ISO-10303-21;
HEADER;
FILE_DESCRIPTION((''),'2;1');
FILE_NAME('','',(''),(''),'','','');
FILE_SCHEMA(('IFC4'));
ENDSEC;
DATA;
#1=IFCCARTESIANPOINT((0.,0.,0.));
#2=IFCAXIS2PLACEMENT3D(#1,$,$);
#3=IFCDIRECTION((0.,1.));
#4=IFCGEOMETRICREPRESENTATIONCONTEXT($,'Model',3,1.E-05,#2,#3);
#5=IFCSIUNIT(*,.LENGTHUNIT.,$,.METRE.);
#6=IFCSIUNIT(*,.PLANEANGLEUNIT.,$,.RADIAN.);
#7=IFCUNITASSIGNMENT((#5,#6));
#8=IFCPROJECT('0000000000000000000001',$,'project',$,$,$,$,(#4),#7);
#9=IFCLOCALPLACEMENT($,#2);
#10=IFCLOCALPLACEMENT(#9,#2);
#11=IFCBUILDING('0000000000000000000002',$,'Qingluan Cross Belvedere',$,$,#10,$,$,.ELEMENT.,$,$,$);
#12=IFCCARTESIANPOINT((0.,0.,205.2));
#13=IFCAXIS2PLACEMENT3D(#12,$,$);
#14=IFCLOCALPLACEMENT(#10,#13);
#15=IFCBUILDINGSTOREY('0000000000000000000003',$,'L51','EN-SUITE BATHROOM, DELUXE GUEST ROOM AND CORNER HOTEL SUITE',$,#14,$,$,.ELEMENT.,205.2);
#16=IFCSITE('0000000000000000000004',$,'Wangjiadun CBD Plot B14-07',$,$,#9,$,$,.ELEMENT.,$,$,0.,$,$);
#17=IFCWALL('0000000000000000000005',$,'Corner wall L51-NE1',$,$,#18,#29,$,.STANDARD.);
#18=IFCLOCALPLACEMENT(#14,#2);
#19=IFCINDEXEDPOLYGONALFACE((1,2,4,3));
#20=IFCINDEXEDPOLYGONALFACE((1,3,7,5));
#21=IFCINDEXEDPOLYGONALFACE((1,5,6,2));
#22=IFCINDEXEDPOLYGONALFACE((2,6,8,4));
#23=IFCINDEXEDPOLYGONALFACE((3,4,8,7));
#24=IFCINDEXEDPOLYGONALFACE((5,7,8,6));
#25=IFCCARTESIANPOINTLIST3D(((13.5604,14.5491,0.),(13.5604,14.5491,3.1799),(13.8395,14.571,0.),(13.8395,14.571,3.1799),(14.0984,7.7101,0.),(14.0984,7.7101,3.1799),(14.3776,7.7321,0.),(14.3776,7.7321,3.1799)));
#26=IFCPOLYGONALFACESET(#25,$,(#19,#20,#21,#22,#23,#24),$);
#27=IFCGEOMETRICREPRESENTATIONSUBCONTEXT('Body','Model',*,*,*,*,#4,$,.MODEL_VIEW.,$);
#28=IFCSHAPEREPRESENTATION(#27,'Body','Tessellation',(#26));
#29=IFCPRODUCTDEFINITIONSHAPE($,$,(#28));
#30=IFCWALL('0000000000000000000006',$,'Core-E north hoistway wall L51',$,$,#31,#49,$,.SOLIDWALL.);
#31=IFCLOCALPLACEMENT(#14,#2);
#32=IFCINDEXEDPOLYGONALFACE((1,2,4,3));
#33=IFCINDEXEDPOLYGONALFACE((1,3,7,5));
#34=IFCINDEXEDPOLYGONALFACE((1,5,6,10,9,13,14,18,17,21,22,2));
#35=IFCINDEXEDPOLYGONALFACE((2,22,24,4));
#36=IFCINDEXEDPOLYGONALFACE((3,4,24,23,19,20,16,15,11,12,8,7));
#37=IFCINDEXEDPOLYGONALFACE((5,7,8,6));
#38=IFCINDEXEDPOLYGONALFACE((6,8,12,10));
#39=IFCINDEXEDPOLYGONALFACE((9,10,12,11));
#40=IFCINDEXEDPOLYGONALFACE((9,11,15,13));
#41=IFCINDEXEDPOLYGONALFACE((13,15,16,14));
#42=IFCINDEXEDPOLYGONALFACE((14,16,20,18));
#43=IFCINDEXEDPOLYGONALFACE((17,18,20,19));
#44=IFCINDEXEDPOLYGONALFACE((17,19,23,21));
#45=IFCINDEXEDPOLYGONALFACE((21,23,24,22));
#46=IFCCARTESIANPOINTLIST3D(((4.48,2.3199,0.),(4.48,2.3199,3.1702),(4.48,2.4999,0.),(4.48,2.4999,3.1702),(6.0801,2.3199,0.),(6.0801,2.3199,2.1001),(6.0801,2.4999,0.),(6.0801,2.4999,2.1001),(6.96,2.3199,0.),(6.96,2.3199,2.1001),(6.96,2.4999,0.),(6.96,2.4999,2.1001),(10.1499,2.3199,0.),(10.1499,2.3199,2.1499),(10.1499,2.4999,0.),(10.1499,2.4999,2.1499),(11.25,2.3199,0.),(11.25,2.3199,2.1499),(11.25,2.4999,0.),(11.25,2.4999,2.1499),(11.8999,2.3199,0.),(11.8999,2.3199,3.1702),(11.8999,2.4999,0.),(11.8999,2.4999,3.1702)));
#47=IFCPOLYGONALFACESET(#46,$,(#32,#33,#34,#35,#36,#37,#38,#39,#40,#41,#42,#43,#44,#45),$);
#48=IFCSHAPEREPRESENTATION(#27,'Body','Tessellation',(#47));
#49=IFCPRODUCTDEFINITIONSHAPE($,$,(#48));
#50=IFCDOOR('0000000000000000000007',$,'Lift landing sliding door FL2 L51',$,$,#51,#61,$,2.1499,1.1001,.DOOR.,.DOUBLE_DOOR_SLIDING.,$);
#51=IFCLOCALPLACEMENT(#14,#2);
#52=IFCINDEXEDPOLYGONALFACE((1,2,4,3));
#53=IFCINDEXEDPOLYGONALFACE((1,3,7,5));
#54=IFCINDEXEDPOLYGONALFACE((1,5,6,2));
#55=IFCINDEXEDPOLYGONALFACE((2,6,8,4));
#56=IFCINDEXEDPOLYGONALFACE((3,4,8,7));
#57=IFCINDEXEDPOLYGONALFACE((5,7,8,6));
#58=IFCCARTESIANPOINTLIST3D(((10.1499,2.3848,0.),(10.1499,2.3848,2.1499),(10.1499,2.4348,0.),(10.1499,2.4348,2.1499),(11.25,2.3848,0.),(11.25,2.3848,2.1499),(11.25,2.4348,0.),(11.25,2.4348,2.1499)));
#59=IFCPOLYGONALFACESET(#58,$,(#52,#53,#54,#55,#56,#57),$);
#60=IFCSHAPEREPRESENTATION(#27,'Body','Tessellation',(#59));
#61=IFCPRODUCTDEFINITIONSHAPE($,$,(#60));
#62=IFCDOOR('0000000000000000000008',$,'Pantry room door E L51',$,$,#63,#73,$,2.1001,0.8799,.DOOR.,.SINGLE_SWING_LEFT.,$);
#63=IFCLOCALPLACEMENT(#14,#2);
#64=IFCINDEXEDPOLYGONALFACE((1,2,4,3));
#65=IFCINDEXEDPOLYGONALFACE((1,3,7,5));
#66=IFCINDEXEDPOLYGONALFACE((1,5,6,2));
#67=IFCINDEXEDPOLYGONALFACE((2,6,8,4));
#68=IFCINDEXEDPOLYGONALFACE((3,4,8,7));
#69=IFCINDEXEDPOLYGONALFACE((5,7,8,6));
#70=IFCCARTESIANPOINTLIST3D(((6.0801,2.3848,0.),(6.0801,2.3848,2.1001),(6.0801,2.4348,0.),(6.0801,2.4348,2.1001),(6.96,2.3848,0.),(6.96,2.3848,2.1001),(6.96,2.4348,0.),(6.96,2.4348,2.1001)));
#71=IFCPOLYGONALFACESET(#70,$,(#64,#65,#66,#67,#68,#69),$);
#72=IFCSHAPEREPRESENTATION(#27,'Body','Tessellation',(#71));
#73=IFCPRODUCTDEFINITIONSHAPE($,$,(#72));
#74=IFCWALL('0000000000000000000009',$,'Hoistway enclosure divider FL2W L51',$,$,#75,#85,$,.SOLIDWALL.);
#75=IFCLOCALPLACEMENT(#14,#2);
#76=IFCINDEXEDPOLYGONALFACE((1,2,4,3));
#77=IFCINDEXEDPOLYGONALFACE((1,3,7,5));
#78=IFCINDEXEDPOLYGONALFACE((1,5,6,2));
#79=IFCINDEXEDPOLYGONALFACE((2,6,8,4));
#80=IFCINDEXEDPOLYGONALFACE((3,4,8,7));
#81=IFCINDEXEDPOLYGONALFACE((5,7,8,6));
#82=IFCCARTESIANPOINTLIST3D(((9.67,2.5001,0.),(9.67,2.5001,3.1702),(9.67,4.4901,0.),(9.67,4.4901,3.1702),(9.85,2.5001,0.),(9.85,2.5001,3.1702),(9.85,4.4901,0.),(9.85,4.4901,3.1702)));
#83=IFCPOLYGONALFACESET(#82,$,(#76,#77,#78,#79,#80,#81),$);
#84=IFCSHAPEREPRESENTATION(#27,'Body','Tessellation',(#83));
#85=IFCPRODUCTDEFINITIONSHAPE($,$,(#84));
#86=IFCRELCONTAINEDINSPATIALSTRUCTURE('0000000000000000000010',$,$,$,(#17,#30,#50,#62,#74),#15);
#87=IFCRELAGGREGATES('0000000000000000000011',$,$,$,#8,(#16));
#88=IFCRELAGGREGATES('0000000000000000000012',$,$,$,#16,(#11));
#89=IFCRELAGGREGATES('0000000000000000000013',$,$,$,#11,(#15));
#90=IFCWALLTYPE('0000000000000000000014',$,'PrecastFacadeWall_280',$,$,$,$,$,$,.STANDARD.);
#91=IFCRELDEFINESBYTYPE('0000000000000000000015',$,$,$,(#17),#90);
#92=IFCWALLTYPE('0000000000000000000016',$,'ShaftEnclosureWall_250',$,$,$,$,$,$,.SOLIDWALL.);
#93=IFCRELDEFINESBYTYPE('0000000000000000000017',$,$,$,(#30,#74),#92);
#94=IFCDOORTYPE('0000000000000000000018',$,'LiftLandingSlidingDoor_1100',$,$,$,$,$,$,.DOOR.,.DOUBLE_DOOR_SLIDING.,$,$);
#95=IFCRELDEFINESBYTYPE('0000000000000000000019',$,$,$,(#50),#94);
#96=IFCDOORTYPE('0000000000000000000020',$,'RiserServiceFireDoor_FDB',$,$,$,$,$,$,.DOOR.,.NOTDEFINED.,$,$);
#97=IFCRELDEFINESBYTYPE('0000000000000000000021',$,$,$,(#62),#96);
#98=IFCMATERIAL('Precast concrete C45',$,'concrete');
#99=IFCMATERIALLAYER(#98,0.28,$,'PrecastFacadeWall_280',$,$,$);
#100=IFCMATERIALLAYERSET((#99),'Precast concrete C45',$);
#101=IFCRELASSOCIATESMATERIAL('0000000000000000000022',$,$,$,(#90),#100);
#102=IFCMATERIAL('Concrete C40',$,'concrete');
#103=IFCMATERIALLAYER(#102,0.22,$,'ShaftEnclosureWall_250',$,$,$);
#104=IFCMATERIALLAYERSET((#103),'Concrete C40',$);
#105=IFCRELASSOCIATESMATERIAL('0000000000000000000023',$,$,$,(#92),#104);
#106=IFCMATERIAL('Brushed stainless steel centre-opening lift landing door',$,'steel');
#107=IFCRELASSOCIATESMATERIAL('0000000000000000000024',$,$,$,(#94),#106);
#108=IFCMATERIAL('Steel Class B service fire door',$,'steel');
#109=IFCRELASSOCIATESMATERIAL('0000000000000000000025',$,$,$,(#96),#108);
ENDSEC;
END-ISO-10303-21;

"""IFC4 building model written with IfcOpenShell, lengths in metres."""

from ifc_helpers import new_model, si_unit, direction, frame, frame_2d, origin, place, context, subcontext, project, spatial, rectangle, extrude, material, layer, layer_set, type_object, element, fill, save


model = new_model("IFC4")

# Units and contexts
model_context = context("Model", 3, precision=1e-05, world=origin(), true_north=direction((0.0, 1.0)))
body_context = subcontext(model_context, "Body", "Model", "MODEL_VIEW")
ifc_project = project(units=[si_unit("LENGTHUNIT", "METRE"), si_unit("PLANEANGLEUNIT", "RADIAN")], contexts=[model_context])

# Site, building, storey
site_placement = place(None, origin())
site = spatial("IfcSite", under=ifc_project, at=site_placement, Name="Wangjiadun CBD Plot B14-07", CompositionType="ELEMENT", RefElevation=0.0)
building_placement = place(site_placement, origin())
building = spatial("IfcBuilding", under=site, at=building_placement, Name="Qingluan Cross Belvedere", CompositionType="ELEMENT")
storey_placement = place(building_placement, frame((0.0, 0.0, 205.2)))
storey = spatial("IfcBuildingStorey", under=building, at=storey_placement, Name="L51", Description="EN-SUITE BATHROOM, DELUXE GUEST ROOM AND CORNER HOTEL SUITE", CompositionType="ELEMENT", Elevation=205.2)

# Wall
ifc_material_1 = material(Name="Precast concrete C45", Category="concrete")
ifc_layer_1 = layer(ifc_material_1, 0.28, Name="PrecastFacadeWall_280")
ifc_layer_set_1 = layer_set([ifc_layer_1], Name="Precast concrete C45")
wall_type_1 = type_object("IfcWallType", Name="PrecastFacadeWall_280", PredefinedType="STANDARD", material=ifc_layer_set_1)
wall_1_placement = place(storey_placement, frame((14.238, 7.7209, 0.0), z_axis=(0.0, 0.0, 1.0), x_axis=(-0.078438, 0.996919, 0.0)))
element("IfcWall", 1, at=wall_1_placement, inside=storey, type_object=wall_type_1, Name="Corner wall L51-NE1", PredefinedType="STANDARD", context=body_context, shape_type="SweptSolid", body=[
    extrude(rectangle(XDim=6.8601, YDim=0.28, at=frame_2d((3.4302, 0.0))), origin(), (0.0, 0.0, 1.0), 3.1799),
])

# Wall, openings, doors
ifc_material_2 = material(Name="Concrete C40", Category="concrete")
ifc_layer_2 = layer(ifc_material_2, 0.22, Name="ShaftEnclosureWall_250")
ifc_layer_set_2 = layer_set([ifc_layer_2], Name="Concrete C40")
wall_type_2 = type_object("IfcWallType", Name="ShaftEnclosureWall_250", PredefinedType="SOLIDWALL", material=ifc_layer_set_2)
wall_2_placement = place(storey_placement, frame((4.48, 2.4099, 0.0), z_axis=(0.0, 0.0, 1.0), x_axis=(1.0, 0.0, 0.0)))
wall_2 = element("IfcWall", 2, at=wall_2_placement, inside=storey, type_object=wall_type_2, Name="Core-E north hoistway wall L51", PredefinedType="SOLIDWALL", context=body_context, shape_type="SweptSolid", body=[
    extrude(rectangle(XDim=7.4199, YDim=0.1799, at=frame_2d((3.71, 0.0))), origin(), (0.0, 0.0, 1.0), 3.1702),
])
opening_1_placement = place(wall_2_placement, frame((5.6699, 0.0, 0.0)))
opening_1 = element("IfcOpeningElement", 3, at=opening_1_placement, cuts=wall_2, PredefinedType="OPENING", context=body_context, shape_type="SweptSolid", body=[
    extrude(rectangle(XDim=1.1001, YDim=2.1499, at=frame_2d((0.55, 1.075))), frame((0.0, 0.0999, 0.0), z_axis=(0.0, -1.0, 0.0), x_axis=(1.0, 0.0, 0.0)), (0.0, 0.0, 1.0), 0.2),
])
opening_2_placement = place(wall_2_placement, frame((1.6001, 0.0, 0.0)))
opening_2 = element("IfcOpeningElement", 4, at=opening_2_placement, cuts=wall_2, PredefinedType="OPENING", context=body_context, shape_type="SweptSolid", body=[
    extrude(rectangle(XDim=0.8799, YDim=2.1001, at=frame_2d((0.4399, 1.05))), frame((0.0, 0.0999, 0.0), z_axis=(0.0, -1.0, 0.0), x_axis=(1.0, 0.0, 0.0)), (0.0, 0.0, 1.0), 0.2),
])
ifc_material_3 = material(Name="Brushed stainless steel centre-opening lift landing door", Category="steel")
door_type_1 = type_object("IfcDoorType", Name="LiftLandingSlidingDoor_1100", OperationType="DOUBLE_DOOR_SLIDING", PredefinedType="DOOR", material=ifc_material_3)
door_1_placement = place(opening_1_placement, origin())
door_1 = element("IfcDoor", 5, at=door_1_placement, inside=storey, type_object=door_type_1, Name="Lift landing sliding door FL2 L51", OperationType="DOUBLE_DOOR_SLIDING", OverallHeight=2.1499, OverallWidth=1.1001, PredefinedType="DOOR", context=body_context, shape_type="SweptSolid", body=[
    extrude(rectangle(XDim=1.1001, YDim=2.1499, at=frame_2d((0.55, 1.075))), frame((0.0, 0.0249, 0.0), z_axis=(0.0, -1.0, 0.0), x_axis=(1.0, 0.0, 0.0)), (0.0, 0.0, 1.0), 0.05),
])
fill(opening_1, door_1)
ifc_material_4 = material(Name="Steel Class B service fire door", Category="steel")
door_type_2 = type_object("IfcDoorType", Name="RiserServiceFireDoor_FDB", OperationType="NOTDEFINED", PredefinedType="DOOR", material=ifc_material_4)
door_2_placement = place(opening_2_placement, origin())
door_2 = element("IfcDoor", 6, at=door_2_placement, inside=storey, type_object=door_type_2, Name="Pantry room door E L51", OperationType="SINGLE_SWING_LEFT", OverallHeight=2.1001, OverallWidth=0.8799, PredefinedType="DOOR", context=body_context, shape_type="SweptSolid", body=[
    extrude(rectangle(XDim=0.8799, YDim=2.1001, at=frame_2d((0.4399, 1.05))), frame((0.0, 0.0249, 0.0), z_axis=(0.0, -1.0, 0.0), x_axis=(1.0, 0.0, 0.0)), (0.0, 0.0, 1.0), 0.05),
])
fill(opening_2, door_2)

# Wall
wall_3_placement = place(storey_placement, frame((9.76, 2.5, 0.0), z_axis=(0.0, 0.0, 1.0), x_axis=(0.0, 1.0, 0.0)))
element("IfcWall", 7, at=wall_3_placement, inside=storey, type_object=wall_type_2, Name="Hoistway enclosure divider FL2W L51", PredefinedType="SOLIDWALL", context=body_context, shape_type="SweptSolid", body=[
    extrude(rectangle(XDim=1.99, YDim=0.1799, at=frame_2d((0.9951, 0.0))), origin(), (0.0, 0.0, 1.0), 3.1702),
])

save(model, "model.ifc")
